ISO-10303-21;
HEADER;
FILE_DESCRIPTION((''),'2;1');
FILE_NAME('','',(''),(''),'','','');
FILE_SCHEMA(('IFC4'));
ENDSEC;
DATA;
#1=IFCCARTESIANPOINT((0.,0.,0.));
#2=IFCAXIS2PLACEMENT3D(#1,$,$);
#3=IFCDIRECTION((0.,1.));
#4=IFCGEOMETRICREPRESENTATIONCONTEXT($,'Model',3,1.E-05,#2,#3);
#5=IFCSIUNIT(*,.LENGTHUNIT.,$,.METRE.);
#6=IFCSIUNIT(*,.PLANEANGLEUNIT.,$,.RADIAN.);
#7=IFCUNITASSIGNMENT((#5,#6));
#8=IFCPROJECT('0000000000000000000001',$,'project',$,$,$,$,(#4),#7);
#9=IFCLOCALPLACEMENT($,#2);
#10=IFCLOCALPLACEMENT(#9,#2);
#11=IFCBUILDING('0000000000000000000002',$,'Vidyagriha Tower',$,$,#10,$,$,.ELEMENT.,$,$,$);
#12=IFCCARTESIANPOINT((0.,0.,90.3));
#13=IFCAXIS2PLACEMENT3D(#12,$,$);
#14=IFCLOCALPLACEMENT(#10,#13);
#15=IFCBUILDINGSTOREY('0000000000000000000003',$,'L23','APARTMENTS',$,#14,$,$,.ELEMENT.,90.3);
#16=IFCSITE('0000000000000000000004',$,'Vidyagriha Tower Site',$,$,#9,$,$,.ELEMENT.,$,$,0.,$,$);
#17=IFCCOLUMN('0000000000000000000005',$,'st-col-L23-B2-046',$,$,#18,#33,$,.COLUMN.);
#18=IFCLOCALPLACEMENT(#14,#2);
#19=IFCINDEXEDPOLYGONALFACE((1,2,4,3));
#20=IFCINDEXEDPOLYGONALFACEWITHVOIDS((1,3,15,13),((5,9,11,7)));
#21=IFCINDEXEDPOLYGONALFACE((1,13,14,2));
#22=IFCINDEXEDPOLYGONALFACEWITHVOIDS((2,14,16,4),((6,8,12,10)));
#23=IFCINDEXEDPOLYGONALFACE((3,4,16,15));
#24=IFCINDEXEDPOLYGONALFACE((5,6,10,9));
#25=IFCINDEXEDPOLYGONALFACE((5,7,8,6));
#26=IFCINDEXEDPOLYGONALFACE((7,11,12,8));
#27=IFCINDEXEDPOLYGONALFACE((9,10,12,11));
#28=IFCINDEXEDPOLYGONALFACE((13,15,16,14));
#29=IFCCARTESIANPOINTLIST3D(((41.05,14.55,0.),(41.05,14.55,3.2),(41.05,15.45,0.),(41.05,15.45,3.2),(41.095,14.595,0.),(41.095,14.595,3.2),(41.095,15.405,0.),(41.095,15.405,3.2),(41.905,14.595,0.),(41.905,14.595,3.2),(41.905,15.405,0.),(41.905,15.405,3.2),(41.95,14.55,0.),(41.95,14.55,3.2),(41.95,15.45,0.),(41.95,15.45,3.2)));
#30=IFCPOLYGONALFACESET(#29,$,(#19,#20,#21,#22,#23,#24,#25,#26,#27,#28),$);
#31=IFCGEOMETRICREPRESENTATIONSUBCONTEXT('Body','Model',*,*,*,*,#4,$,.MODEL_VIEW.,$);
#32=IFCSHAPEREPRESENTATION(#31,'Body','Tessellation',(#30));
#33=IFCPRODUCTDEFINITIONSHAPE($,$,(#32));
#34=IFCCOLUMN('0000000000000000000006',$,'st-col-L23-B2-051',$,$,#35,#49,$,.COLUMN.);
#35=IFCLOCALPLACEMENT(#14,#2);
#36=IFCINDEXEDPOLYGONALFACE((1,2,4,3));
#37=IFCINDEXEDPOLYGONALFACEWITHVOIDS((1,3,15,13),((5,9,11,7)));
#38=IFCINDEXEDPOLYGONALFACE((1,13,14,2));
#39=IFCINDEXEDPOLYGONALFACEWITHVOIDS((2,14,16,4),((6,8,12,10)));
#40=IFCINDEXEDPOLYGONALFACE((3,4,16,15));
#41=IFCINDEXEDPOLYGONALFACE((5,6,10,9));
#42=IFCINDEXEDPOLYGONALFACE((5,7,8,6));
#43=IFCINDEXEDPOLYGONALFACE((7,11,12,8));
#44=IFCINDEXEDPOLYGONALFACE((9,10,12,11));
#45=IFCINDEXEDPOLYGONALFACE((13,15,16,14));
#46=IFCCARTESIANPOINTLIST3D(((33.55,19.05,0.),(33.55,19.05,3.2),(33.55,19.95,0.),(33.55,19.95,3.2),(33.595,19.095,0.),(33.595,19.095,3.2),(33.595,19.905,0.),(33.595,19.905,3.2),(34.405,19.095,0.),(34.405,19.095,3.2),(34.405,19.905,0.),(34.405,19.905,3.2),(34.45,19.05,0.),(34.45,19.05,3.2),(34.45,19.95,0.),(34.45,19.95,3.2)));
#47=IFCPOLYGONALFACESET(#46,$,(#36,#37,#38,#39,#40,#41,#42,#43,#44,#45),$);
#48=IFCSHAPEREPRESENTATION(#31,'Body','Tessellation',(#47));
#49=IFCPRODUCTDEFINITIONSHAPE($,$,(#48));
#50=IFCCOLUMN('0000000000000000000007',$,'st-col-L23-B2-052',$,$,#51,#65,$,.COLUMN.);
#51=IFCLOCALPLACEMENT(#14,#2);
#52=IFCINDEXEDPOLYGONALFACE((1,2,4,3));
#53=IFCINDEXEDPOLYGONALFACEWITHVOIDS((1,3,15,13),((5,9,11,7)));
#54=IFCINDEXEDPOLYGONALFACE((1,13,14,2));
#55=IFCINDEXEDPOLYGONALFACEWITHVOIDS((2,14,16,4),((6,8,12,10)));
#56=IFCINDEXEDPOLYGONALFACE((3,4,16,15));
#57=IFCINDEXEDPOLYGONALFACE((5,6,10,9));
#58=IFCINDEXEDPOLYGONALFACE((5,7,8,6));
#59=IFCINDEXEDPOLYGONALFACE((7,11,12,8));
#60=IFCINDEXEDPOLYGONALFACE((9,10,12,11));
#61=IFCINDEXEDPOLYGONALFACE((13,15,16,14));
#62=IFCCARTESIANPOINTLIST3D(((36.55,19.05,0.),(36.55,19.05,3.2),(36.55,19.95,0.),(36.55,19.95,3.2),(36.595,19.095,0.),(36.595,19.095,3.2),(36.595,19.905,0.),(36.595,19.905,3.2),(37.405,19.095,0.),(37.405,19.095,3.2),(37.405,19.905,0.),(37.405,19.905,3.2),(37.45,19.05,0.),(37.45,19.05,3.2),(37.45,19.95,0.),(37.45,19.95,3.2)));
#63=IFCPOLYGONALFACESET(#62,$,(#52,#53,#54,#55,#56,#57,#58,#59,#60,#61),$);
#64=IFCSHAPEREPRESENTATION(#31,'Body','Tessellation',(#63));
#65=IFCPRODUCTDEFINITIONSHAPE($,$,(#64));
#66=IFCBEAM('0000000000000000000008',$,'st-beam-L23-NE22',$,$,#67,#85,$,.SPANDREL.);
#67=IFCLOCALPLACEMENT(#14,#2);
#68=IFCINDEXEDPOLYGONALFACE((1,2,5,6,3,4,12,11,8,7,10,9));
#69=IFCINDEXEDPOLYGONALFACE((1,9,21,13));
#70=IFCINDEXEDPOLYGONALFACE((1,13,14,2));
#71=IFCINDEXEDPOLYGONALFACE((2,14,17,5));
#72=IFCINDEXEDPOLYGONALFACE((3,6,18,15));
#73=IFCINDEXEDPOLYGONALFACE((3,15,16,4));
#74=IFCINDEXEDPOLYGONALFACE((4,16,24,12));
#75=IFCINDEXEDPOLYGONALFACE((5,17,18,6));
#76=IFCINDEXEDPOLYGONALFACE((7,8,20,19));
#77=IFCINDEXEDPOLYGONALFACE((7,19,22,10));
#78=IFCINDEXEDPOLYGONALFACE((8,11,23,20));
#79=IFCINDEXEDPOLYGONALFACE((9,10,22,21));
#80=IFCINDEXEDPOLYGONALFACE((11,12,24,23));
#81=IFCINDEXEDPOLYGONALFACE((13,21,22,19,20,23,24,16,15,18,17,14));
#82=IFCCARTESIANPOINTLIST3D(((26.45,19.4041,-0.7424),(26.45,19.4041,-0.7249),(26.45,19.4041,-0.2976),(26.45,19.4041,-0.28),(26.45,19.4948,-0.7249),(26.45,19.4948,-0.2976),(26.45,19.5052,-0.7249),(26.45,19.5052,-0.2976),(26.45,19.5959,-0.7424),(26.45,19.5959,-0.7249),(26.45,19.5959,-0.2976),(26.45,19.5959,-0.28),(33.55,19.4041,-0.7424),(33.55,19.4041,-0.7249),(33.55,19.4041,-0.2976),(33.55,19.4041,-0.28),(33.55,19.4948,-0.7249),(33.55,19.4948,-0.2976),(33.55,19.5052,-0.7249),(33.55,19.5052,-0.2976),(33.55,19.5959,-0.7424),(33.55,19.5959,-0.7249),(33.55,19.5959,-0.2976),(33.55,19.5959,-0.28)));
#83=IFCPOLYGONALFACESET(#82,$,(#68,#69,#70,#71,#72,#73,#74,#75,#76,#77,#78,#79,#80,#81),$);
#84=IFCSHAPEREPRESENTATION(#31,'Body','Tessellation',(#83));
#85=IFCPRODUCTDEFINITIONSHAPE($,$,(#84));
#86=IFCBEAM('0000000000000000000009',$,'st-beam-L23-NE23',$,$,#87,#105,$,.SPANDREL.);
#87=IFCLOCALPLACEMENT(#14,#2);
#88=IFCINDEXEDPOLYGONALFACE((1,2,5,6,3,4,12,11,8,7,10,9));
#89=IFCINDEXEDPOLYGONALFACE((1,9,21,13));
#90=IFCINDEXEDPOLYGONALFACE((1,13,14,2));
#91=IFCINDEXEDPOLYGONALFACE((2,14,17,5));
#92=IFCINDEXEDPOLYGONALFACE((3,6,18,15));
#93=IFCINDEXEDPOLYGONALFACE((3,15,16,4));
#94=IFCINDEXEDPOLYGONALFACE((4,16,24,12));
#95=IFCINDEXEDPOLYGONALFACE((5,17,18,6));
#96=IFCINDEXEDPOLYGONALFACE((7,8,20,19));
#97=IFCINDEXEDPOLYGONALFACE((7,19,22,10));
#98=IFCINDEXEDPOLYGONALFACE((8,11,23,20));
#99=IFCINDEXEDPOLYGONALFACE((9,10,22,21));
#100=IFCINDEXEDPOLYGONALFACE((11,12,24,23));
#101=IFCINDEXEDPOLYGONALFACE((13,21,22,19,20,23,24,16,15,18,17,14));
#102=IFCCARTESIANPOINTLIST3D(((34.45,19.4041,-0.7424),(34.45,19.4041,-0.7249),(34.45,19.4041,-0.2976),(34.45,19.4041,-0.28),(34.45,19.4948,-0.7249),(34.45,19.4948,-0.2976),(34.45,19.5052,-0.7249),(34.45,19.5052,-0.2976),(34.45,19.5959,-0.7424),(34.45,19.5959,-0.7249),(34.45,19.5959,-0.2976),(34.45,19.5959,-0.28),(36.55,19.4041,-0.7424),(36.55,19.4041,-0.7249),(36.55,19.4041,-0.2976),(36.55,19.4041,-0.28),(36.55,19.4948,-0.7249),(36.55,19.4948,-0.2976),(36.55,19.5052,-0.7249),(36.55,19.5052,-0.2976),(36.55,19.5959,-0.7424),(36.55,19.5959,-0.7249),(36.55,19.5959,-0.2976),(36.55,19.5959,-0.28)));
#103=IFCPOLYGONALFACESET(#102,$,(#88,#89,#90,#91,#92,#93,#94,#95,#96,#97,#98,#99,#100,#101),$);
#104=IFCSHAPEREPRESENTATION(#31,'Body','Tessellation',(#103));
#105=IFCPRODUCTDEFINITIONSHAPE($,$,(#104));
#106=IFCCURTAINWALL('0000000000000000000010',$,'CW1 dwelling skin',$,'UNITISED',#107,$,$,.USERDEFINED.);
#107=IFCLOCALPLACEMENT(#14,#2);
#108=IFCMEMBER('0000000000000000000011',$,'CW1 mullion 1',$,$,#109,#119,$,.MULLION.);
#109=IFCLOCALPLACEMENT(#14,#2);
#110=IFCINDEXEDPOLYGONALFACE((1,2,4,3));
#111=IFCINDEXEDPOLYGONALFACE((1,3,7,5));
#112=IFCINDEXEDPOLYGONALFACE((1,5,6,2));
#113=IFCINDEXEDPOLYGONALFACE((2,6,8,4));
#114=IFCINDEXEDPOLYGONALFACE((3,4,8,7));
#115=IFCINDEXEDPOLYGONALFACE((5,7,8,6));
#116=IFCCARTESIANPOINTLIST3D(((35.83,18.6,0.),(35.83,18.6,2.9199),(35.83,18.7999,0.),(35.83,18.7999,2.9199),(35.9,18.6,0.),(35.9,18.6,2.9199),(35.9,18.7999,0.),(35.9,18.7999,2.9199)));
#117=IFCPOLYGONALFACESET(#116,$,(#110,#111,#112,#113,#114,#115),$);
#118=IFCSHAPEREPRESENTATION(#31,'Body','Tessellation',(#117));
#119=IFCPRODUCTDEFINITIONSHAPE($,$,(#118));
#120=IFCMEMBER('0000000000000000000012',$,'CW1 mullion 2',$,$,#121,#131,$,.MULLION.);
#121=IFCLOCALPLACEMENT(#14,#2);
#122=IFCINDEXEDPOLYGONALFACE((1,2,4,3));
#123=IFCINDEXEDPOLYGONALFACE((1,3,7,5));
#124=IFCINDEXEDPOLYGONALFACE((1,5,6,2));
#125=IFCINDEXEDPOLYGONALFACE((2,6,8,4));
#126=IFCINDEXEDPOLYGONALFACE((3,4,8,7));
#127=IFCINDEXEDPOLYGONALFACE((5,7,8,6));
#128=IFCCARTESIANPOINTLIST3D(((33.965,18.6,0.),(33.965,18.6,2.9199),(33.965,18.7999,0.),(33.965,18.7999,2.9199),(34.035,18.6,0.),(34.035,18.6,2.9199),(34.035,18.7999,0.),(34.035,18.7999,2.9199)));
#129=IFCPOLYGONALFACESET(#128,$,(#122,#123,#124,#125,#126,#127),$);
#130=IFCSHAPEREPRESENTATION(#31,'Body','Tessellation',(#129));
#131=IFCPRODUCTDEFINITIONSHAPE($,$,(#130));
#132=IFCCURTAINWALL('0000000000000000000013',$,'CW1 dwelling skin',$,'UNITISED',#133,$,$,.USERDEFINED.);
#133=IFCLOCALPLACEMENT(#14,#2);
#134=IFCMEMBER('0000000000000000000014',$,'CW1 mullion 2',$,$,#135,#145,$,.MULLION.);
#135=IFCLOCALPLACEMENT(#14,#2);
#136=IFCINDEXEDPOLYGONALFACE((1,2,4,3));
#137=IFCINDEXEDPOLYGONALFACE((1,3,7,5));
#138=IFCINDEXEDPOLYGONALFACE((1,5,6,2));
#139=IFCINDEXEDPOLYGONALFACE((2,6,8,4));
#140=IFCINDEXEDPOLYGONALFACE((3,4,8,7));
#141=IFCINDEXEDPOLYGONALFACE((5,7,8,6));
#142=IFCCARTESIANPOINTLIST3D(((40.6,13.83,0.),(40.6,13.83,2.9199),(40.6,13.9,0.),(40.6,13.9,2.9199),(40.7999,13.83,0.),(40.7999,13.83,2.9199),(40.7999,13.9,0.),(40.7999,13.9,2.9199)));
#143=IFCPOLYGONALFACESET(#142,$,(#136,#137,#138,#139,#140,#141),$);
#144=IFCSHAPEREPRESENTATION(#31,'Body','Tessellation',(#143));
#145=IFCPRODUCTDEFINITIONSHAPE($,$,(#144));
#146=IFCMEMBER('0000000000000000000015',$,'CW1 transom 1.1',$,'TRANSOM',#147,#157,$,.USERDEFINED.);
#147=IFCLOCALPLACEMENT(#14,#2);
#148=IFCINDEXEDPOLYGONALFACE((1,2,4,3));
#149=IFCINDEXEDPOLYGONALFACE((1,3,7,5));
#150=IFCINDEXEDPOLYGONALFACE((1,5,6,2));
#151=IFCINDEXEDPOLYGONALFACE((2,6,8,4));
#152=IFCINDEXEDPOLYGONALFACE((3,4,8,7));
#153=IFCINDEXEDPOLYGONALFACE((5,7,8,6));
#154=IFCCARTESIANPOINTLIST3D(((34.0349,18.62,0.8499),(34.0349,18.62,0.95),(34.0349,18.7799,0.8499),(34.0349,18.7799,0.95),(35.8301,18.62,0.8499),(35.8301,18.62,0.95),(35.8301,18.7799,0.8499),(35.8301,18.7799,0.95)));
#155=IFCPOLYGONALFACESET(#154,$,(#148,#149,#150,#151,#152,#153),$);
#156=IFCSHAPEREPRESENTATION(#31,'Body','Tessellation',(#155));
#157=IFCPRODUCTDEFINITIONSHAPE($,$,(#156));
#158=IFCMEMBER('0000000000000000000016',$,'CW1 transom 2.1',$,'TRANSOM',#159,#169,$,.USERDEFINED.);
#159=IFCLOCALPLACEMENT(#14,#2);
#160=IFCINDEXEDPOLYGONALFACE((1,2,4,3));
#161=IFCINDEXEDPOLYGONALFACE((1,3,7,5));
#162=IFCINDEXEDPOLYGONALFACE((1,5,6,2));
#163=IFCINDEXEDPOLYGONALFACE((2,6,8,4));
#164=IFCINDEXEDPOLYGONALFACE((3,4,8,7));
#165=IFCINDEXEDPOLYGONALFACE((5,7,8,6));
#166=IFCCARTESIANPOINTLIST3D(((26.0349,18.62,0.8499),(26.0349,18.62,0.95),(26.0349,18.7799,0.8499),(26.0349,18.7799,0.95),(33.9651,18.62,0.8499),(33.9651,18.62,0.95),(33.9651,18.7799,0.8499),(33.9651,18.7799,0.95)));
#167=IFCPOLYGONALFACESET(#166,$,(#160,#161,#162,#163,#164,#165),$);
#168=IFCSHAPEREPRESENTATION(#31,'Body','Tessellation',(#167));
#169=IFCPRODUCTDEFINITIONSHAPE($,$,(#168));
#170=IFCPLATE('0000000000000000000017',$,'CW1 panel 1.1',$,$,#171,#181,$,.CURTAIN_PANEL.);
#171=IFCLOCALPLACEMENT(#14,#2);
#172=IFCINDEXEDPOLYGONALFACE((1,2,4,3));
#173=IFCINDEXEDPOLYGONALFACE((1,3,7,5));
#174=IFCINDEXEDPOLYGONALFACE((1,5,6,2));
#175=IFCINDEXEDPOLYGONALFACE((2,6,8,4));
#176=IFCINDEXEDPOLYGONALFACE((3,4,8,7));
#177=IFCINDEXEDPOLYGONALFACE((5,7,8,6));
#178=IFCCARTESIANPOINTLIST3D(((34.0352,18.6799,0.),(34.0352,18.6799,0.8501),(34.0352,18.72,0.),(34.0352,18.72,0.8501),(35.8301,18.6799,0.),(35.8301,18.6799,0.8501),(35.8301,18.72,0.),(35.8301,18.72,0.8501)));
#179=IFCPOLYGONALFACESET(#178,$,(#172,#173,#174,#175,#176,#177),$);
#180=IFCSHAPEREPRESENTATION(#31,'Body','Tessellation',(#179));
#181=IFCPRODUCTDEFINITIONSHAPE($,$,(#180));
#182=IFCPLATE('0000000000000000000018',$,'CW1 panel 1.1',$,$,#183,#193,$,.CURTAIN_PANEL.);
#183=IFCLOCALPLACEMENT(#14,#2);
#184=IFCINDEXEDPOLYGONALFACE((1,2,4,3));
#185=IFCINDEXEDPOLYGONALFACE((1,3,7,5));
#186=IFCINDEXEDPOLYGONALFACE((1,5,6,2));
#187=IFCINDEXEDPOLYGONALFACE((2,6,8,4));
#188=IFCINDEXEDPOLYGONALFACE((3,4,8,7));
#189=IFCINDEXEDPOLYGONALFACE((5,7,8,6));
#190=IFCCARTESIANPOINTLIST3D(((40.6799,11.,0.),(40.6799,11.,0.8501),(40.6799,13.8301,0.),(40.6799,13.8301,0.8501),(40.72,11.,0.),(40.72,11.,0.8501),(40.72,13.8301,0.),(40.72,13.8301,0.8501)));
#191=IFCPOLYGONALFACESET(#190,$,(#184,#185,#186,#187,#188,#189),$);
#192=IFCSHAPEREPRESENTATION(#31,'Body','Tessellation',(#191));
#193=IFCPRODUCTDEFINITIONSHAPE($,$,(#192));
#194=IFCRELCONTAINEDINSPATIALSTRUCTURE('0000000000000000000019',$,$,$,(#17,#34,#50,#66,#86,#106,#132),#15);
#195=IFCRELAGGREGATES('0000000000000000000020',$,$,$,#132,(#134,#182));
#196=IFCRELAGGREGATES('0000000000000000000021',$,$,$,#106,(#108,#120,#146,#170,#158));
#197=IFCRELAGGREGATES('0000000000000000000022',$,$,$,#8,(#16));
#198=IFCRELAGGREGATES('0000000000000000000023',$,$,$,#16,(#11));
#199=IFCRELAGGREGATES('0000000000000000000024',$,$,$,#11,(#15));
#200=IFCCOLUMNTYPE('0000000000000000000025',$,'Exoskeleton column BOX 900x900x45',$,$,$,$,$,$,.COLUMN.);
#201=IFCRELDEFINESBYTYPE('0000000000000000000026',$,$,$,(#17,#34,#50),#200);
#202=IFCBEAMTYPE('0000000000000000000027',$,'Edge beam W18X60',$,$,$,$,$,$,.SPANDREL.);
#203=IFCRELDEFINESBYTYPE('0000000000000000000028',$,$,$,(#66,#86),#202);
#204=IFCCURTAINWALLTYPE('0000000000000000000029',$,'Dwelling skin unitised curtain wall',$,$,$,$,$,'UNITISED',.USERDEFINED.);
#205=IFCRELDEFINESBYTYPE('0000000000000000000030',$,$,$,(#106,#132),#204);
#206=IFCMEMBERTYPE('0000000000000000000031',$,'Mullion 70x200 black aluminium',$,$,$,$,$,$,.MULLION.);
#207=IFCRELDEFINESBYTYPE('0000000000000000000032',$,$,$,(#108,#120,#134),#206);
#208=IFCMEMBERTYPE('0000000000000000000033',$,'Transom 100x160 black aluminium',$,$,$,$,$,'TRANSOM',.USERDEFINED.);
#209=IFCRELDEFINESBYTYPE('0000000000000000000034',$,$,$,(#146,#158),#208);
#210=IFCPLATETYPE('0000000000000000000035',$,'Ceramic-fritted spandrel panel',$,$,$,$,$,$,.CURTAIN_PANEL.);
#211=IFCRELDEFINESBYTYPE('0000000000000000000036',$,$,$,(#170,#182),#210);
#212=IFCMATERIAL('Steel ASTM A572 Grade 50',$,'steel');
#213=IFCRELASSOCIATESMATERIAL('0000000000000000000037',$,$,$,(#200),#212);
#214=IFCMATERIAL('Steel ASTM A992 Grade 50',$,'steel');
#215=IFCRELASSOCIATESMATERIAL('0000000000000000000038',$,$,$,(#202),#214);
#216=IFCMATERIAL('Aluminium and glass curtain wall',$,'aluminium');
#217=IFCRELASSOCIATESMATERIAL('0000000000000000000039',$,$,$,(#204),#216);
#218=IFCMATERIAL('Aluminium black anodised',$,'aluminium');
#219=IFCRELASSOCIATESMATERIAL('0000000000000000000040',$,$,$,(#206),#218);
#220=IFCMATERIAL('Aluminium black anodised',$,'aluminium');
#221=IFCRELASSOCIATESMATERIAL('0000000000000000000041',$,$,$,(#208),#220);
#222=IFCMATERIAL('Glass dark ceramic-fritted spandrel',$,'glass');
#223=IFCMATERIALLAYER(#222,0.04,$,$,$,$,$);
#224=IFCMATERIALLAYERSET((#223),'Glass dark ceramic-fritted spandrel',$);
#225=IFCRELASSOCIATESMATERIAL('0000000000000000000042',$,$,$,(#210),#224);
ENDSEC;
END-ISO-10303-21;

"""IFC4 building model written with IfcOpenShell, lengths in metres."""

from ifc_helpers import new_model, si_unit, direction, frame, origin, origin_2d, place, context, subcontext, project, spatial, rectangle, hollow_rectangle, i_section, extrude, material, layer, layer_set, material_profile, profile_set, type_object, element, aggregate, save


model = new_model("IFC4")

# Units and contexts
model_context = context("Model", 3, precision=1e-05, world=origin(), true_north=direction((0.0, 1.0)))
body_context = subcontext(model_context, "Body", "Model", "MODEL_VIEW")
ifc_project = project(units=[si_unit("LENGTHUNIT", "METRE"), si_unit("PLANEANGLEUNIT", "RADIAN")], contexts=[model_context])

# Site, building, storey
site_placement = place(None, origin())
site = spatial("IfcSite", under=ifc_project, at=site_placement, Name="Vidyagriha Tower Site", CompositionType="ELEMENT", RefElevation=0.0)
building_placement = place(site_placement, origin())
building = spatial("IfcBuilding", under=site, at=building_placement, Name="Vidyagriha Tower", CompositionType="ELEMENT")
storey_placement = place(building_placement, frame((0.0, 0.0, 90.3)))
storey = spatial("IfcBuildingStorey", under=building, at=storey_placement, Name="L23", Description="APARTMENTS", CompositionType="ELEMENT", Elevation=90.3)

# Columns
ifc_material_1 = material(Name="Steel ASTM A572 Grade 50", Category="steel")
ifc_material_profile_1 = material_profile(ifc_material_1, hollow_rectangle(XDim=0.8999, YDim=0.8999, WallThickness=0.0449, at=origin_2d()), Name="BOX 900x900x45")
ifc_profile_set_1 = profile_set([ifc_material_profile_1], Name="Steel ASTM A572 Grade 50")
column_type = type_object("IfcColumnType", Name="Exoskeleton column BOX 900x900x45", PredefinedType="COLUMN", material=ifc_profile_set_1)
for number, where, name in (
    (1, (41.5, 15.0, 0.0), "st-col-L23-B2-046"),
    (2, (34.0, 19.5, 0.0), "st-col-L23-B2-051"),
    (3, (37.0, 19.5, 0.0), "st-col-L23-B2-052"),
):
    element("IfcColumn", number, at=place(storey_placement, frame(where)), inside=storey, type_object=column_type, Name=name, PredefinedType="COLUMN", context=body_context, shape_type="SweptSolid", body=[
        extrude(hollow_rectangle(XDim=0.8999, YDim=0.8999, WallThickness=0.0449, at=origin_2d()), origin(), (0.0, 0.0, 1.0), 3.2),
    ])

# Beams
ifc_material_2 = material(Name="Steel ASTM A992 Grade 50", Category="steel")
ifc_material_profile_2 = material_profile(ifc_material_2, i_section(OverallWidth=0.1919, OverallDepth=0.4624, WebThickness=0.0105, FlangeThickness=0.0176, at=origin_2d()), Name="W18X60")
ifc_profile_set_2 = profile_set([ifc_material_profile_2], Name="Steel ASTM A992 Grade 50")
beam_type = type_object("IfcBeamType", Name="Edge beam W18X60", PredefinedType="SPANDREL", material=ifc_profile_set_2)
beam_1_placement = place(storey_placement, frame((26.45, 19.5, -0.5112), z_axis=(1.0, 0.0, 0.0), x_axis=(0.0, 1.0, 0.0)))
element("IfcBeam", 4, at=beam_1_placement, inside=storey, type_object=beam_type, Name="st-beam-L23-NE22", PredefinedType="SPANDREL", context=body_context, shape_type="SweptSolid", body=[
    extrude(i_section(OverallWidth=0.1919, OverallDepth=0.4624, WebThickness=0.0105, FlangeThickness=0.0176, at=origin_2d()), origin(), (0.0, 0.0, 1.0), 7.1001),
])
beam_2_placement = place(storey_placement, frame((34.45, 19.5, -0.5112), z_axis=(1.0, 0.0, 0.0), x_axis=(0.0, 1.0, 0.0)))
element("IfcBeam", 5, at=beam_2_placement, inside=storey, type_object=beam_type, Name="st-beam-L23-NE23", PredefinedType="SPANDREL", context=body_context, shape_type="SweptSolid", body=[
    extrude(i_section(OverallWidth=0.1919, OverallDepth=0.4624, WebThickness=0.0105, FlangeThickness=0.0176, at=origin_2d()), origin(), (0.0, 0.0, 1.0), 2.1001),
])

# Curtain wall, members
ifc_material_3 = material(Name="Aluminium and glass curtain wall", Category="aluminium")
curtain_wall_type = type_object("IfcCurtainWallType", Name="Dwelling skin unitised curtain wall", ElementType="UNITISED", PredefinedType="USERDEFINED", material=ifc_material_3)
curtain_wall_1_placement = place(storey_placement, origin())
curtain_wall_1 = element("IfcCurtainWall", 6, at=curtain_wall_1_placement, inside=storey, type_object=curtain_wall_type, Name="CW1 dwelling skin", ObjectType="UNITISED", PredefinedType="USERDEFINED")
ifc_material_4 = material(Name="Aluminium black anodised", Category="aluminium")
ifc_material_profile_3 = material_profile(ifc_material_4, rectangle(XDim=0.2, YDim=0.0701, at=origin_2d()), Name="Mullion 70x200 black aluminium")
ifc_profile_set_3 = profile_set([ifc_material_profile_3], Name="Aluminium black anodised")
member_type_1 = type_object("IfcMemberType", Name="Mullion 70x200 black aluminium", PredefinedType="MULLION", material=ifc_profile_set_3)
member_1_placement = place(storey_placement, frame((35.865, 18.7, 0.0), z_axis=(0.0, 0.0, 1.0), x_axis=(0.0, -1.0, 0.0)))
member_1 = element("IfcMember", 7, at=member_1_placement, type_object=member_type_1, Name="CW1 mullion 1", PredefinedType="MULLION", context=body_context, shape_type="SweptSolid", body=[
    extrude(rectangle(XDim=0.2, YDim=0.0701, at=origin_2d()), origin(), (0.0, 0.0, 1.0), 2.9199),
])
member_2_placement = place(storey_placement, frame((34.0, 18.7, 0.0), z_axis=(0.0, 0.0, 1.0), x_axis=(0.0, -1.0, 0.0)))
member_2 = element("IfcMember", 8, at=member_2_placement, type_object=member_type_1, Name="CW1 mullion 2", PredefinedType="MULLION", context=body_context, shape_type="SweptSolid", body=[
    extrude(rectangle(XDim=0.2, YDim=0.0701, at=origin_2d()), origin(), (0.0, 0.0, 1.0), 2.9199),
])

# Curtain wall, member
curtain_wall_2_placement = place(storey_placement, origin())
curtain_wall_2 = element("IfcCurtainWall", 9, at=curtain_wall_2_placement, inside=storey, type_object=curtain_wall_type, Name="CW1 dwelling skin", ObjectType="UNITISED", PredefinedType="USERDEFINED")
member_3_placement = place(storey_placement, frame((40.7, 13.865, 0.0), z_axis=(0.0, 0.0, 1.0), x_axis=(-1.0, 0.0, 0.0)))
member_3 = element("IfcMember", 10, at=member_3_placement, type_object=member_type_1, Name="CW1 mullion 2", PredefinedType="MULLION", context=body_context, shape_type="SweptSolid", body=[
    extrude(rectangle(XDim=0.2, YDim=0.0701, at=origin_2d()), origin(), (0.0, 0.0, 1.0), 2.9199),
])

# Members
ifc_material_5 = material(Name="Aluminium black anodised", Category="aluminium")
ifc_material_profile_4 = material_profile(ifc_material_5, rectangle(XDim=0.1599, YDim=0.1001, at=origin_2d()), Name="Transom 100x160 black aluminium")
ifc_profile_set_4 = profile_set([ifc_material_profile_4], Name="Aluminium black anodised")
member_type_2 = type_object("IfcMemberType", Name="Transom 100x160 black aluminium", ElementType="TRANSOM", PredefinedType="USERDEFINED", material=ifc_profile_set_4)
member_4_placement = place(storey_placement, frame((35.8301, 18.7, 0.8999), z_axis=(-1.0, 0.0, 0.0), x_axis=(0.0, -1.0, 0.0)))
member_4 = element("IfcMember", 11, at=member_4_placement, type_object=member_type_2, Name="CW1 transom 1.1", ObjectType="TRANSOM", PredefinedType="USERDEFINED", context=body_context, shape_type="SweptSolid", body=[
    extrude(rectangle(XDim=0.1599, YDim=0.1001, at=origin_2d()), origin(), (0.0, 0.0, 1.0), 1.7952),
])
member_5_placement = place(storey_placement, frame((33.9651, 18.7, 0.8999), z_axis=(-1.0, 0.0, 0.0), x_axis=(0.0, -1.0, 0.0)))
member_5 = element("IfcMember", 12, at=member_5_placement, type_object=member_type_2, Name="CW1 transom 2.1", ObjectType="TRANSOM", PredefinedType="USERDEFINED", context=body_context, shape_type="SweptSolid", body=[
    extrude(rectangle(XDim=0.1599, YDim=0.1001, at=origin_2d()), origin(), (0.0, 0.0, 1.0), 7.9302),
])

# Plates
ifc_material_6 = material(Name="Glass dark ceramic-fritted spandrel", Category="glass")
ifc_layer_1 = layer(ifc_material_6, 0.04)
ifc_layer_set_1 = layer_set([ifc_layer_1], Name="Glass dark ceramic-fritted spandrel")
plate_type_1 = type_object("IfcPlateType", Name="Ceramic-fritted spandrel panel", PredefinedType="CURTAIN_PANEL", material=ifc_layer_set_1)
plate_1_placement = place(storey_placement, frame((34.9326, 18.7, 0.0), z_axis=(0.0, 0.0, 1.0), x_axis=(-1.0, 0.0, 0.0)))
plate_1 = element("IfcPlate", 13, at=plate_1_placement, type_object=plate_type_1, Name="CW1 panel 1.1", PredefinedType="CURTAIN_PANEL", context=body_context, shape_type="SweptSolid", body=[
    extrude(rectangle(XDim=1.7949, YDim=0.04, at=origin_2d()), origin(), (0.0, 0.0, 1.0), 0.8501),
])
plate_2_placement = place(storey_placement, frame((40.7, 12.415, 0.0), z_axis=(0.0, 0.0, 1.0), x_axis=(0.0, 1.0, 0.0)))
plate_2 = element("IfcPlate", 14, at=plate_2_placement, type_object=plate_type_1, Name="CW1 panel 1.1", PredefinedType="CURTAIN_PANEL", context=body_context, shape_type="SweptSolid", body=[
    extrude(rectangle(XDim=2.8301, YDim=0.04, at=origin_2d()), origin(), (0.0, 0.0, 1.0), 0.8501),
])
aggregate(curtain_wall_2, [member_3, plate_2])
aggregate(curtain_wall_1, [member_1, member_2, member_4, plate_1, member_5])

save(model, "model.ifc")
